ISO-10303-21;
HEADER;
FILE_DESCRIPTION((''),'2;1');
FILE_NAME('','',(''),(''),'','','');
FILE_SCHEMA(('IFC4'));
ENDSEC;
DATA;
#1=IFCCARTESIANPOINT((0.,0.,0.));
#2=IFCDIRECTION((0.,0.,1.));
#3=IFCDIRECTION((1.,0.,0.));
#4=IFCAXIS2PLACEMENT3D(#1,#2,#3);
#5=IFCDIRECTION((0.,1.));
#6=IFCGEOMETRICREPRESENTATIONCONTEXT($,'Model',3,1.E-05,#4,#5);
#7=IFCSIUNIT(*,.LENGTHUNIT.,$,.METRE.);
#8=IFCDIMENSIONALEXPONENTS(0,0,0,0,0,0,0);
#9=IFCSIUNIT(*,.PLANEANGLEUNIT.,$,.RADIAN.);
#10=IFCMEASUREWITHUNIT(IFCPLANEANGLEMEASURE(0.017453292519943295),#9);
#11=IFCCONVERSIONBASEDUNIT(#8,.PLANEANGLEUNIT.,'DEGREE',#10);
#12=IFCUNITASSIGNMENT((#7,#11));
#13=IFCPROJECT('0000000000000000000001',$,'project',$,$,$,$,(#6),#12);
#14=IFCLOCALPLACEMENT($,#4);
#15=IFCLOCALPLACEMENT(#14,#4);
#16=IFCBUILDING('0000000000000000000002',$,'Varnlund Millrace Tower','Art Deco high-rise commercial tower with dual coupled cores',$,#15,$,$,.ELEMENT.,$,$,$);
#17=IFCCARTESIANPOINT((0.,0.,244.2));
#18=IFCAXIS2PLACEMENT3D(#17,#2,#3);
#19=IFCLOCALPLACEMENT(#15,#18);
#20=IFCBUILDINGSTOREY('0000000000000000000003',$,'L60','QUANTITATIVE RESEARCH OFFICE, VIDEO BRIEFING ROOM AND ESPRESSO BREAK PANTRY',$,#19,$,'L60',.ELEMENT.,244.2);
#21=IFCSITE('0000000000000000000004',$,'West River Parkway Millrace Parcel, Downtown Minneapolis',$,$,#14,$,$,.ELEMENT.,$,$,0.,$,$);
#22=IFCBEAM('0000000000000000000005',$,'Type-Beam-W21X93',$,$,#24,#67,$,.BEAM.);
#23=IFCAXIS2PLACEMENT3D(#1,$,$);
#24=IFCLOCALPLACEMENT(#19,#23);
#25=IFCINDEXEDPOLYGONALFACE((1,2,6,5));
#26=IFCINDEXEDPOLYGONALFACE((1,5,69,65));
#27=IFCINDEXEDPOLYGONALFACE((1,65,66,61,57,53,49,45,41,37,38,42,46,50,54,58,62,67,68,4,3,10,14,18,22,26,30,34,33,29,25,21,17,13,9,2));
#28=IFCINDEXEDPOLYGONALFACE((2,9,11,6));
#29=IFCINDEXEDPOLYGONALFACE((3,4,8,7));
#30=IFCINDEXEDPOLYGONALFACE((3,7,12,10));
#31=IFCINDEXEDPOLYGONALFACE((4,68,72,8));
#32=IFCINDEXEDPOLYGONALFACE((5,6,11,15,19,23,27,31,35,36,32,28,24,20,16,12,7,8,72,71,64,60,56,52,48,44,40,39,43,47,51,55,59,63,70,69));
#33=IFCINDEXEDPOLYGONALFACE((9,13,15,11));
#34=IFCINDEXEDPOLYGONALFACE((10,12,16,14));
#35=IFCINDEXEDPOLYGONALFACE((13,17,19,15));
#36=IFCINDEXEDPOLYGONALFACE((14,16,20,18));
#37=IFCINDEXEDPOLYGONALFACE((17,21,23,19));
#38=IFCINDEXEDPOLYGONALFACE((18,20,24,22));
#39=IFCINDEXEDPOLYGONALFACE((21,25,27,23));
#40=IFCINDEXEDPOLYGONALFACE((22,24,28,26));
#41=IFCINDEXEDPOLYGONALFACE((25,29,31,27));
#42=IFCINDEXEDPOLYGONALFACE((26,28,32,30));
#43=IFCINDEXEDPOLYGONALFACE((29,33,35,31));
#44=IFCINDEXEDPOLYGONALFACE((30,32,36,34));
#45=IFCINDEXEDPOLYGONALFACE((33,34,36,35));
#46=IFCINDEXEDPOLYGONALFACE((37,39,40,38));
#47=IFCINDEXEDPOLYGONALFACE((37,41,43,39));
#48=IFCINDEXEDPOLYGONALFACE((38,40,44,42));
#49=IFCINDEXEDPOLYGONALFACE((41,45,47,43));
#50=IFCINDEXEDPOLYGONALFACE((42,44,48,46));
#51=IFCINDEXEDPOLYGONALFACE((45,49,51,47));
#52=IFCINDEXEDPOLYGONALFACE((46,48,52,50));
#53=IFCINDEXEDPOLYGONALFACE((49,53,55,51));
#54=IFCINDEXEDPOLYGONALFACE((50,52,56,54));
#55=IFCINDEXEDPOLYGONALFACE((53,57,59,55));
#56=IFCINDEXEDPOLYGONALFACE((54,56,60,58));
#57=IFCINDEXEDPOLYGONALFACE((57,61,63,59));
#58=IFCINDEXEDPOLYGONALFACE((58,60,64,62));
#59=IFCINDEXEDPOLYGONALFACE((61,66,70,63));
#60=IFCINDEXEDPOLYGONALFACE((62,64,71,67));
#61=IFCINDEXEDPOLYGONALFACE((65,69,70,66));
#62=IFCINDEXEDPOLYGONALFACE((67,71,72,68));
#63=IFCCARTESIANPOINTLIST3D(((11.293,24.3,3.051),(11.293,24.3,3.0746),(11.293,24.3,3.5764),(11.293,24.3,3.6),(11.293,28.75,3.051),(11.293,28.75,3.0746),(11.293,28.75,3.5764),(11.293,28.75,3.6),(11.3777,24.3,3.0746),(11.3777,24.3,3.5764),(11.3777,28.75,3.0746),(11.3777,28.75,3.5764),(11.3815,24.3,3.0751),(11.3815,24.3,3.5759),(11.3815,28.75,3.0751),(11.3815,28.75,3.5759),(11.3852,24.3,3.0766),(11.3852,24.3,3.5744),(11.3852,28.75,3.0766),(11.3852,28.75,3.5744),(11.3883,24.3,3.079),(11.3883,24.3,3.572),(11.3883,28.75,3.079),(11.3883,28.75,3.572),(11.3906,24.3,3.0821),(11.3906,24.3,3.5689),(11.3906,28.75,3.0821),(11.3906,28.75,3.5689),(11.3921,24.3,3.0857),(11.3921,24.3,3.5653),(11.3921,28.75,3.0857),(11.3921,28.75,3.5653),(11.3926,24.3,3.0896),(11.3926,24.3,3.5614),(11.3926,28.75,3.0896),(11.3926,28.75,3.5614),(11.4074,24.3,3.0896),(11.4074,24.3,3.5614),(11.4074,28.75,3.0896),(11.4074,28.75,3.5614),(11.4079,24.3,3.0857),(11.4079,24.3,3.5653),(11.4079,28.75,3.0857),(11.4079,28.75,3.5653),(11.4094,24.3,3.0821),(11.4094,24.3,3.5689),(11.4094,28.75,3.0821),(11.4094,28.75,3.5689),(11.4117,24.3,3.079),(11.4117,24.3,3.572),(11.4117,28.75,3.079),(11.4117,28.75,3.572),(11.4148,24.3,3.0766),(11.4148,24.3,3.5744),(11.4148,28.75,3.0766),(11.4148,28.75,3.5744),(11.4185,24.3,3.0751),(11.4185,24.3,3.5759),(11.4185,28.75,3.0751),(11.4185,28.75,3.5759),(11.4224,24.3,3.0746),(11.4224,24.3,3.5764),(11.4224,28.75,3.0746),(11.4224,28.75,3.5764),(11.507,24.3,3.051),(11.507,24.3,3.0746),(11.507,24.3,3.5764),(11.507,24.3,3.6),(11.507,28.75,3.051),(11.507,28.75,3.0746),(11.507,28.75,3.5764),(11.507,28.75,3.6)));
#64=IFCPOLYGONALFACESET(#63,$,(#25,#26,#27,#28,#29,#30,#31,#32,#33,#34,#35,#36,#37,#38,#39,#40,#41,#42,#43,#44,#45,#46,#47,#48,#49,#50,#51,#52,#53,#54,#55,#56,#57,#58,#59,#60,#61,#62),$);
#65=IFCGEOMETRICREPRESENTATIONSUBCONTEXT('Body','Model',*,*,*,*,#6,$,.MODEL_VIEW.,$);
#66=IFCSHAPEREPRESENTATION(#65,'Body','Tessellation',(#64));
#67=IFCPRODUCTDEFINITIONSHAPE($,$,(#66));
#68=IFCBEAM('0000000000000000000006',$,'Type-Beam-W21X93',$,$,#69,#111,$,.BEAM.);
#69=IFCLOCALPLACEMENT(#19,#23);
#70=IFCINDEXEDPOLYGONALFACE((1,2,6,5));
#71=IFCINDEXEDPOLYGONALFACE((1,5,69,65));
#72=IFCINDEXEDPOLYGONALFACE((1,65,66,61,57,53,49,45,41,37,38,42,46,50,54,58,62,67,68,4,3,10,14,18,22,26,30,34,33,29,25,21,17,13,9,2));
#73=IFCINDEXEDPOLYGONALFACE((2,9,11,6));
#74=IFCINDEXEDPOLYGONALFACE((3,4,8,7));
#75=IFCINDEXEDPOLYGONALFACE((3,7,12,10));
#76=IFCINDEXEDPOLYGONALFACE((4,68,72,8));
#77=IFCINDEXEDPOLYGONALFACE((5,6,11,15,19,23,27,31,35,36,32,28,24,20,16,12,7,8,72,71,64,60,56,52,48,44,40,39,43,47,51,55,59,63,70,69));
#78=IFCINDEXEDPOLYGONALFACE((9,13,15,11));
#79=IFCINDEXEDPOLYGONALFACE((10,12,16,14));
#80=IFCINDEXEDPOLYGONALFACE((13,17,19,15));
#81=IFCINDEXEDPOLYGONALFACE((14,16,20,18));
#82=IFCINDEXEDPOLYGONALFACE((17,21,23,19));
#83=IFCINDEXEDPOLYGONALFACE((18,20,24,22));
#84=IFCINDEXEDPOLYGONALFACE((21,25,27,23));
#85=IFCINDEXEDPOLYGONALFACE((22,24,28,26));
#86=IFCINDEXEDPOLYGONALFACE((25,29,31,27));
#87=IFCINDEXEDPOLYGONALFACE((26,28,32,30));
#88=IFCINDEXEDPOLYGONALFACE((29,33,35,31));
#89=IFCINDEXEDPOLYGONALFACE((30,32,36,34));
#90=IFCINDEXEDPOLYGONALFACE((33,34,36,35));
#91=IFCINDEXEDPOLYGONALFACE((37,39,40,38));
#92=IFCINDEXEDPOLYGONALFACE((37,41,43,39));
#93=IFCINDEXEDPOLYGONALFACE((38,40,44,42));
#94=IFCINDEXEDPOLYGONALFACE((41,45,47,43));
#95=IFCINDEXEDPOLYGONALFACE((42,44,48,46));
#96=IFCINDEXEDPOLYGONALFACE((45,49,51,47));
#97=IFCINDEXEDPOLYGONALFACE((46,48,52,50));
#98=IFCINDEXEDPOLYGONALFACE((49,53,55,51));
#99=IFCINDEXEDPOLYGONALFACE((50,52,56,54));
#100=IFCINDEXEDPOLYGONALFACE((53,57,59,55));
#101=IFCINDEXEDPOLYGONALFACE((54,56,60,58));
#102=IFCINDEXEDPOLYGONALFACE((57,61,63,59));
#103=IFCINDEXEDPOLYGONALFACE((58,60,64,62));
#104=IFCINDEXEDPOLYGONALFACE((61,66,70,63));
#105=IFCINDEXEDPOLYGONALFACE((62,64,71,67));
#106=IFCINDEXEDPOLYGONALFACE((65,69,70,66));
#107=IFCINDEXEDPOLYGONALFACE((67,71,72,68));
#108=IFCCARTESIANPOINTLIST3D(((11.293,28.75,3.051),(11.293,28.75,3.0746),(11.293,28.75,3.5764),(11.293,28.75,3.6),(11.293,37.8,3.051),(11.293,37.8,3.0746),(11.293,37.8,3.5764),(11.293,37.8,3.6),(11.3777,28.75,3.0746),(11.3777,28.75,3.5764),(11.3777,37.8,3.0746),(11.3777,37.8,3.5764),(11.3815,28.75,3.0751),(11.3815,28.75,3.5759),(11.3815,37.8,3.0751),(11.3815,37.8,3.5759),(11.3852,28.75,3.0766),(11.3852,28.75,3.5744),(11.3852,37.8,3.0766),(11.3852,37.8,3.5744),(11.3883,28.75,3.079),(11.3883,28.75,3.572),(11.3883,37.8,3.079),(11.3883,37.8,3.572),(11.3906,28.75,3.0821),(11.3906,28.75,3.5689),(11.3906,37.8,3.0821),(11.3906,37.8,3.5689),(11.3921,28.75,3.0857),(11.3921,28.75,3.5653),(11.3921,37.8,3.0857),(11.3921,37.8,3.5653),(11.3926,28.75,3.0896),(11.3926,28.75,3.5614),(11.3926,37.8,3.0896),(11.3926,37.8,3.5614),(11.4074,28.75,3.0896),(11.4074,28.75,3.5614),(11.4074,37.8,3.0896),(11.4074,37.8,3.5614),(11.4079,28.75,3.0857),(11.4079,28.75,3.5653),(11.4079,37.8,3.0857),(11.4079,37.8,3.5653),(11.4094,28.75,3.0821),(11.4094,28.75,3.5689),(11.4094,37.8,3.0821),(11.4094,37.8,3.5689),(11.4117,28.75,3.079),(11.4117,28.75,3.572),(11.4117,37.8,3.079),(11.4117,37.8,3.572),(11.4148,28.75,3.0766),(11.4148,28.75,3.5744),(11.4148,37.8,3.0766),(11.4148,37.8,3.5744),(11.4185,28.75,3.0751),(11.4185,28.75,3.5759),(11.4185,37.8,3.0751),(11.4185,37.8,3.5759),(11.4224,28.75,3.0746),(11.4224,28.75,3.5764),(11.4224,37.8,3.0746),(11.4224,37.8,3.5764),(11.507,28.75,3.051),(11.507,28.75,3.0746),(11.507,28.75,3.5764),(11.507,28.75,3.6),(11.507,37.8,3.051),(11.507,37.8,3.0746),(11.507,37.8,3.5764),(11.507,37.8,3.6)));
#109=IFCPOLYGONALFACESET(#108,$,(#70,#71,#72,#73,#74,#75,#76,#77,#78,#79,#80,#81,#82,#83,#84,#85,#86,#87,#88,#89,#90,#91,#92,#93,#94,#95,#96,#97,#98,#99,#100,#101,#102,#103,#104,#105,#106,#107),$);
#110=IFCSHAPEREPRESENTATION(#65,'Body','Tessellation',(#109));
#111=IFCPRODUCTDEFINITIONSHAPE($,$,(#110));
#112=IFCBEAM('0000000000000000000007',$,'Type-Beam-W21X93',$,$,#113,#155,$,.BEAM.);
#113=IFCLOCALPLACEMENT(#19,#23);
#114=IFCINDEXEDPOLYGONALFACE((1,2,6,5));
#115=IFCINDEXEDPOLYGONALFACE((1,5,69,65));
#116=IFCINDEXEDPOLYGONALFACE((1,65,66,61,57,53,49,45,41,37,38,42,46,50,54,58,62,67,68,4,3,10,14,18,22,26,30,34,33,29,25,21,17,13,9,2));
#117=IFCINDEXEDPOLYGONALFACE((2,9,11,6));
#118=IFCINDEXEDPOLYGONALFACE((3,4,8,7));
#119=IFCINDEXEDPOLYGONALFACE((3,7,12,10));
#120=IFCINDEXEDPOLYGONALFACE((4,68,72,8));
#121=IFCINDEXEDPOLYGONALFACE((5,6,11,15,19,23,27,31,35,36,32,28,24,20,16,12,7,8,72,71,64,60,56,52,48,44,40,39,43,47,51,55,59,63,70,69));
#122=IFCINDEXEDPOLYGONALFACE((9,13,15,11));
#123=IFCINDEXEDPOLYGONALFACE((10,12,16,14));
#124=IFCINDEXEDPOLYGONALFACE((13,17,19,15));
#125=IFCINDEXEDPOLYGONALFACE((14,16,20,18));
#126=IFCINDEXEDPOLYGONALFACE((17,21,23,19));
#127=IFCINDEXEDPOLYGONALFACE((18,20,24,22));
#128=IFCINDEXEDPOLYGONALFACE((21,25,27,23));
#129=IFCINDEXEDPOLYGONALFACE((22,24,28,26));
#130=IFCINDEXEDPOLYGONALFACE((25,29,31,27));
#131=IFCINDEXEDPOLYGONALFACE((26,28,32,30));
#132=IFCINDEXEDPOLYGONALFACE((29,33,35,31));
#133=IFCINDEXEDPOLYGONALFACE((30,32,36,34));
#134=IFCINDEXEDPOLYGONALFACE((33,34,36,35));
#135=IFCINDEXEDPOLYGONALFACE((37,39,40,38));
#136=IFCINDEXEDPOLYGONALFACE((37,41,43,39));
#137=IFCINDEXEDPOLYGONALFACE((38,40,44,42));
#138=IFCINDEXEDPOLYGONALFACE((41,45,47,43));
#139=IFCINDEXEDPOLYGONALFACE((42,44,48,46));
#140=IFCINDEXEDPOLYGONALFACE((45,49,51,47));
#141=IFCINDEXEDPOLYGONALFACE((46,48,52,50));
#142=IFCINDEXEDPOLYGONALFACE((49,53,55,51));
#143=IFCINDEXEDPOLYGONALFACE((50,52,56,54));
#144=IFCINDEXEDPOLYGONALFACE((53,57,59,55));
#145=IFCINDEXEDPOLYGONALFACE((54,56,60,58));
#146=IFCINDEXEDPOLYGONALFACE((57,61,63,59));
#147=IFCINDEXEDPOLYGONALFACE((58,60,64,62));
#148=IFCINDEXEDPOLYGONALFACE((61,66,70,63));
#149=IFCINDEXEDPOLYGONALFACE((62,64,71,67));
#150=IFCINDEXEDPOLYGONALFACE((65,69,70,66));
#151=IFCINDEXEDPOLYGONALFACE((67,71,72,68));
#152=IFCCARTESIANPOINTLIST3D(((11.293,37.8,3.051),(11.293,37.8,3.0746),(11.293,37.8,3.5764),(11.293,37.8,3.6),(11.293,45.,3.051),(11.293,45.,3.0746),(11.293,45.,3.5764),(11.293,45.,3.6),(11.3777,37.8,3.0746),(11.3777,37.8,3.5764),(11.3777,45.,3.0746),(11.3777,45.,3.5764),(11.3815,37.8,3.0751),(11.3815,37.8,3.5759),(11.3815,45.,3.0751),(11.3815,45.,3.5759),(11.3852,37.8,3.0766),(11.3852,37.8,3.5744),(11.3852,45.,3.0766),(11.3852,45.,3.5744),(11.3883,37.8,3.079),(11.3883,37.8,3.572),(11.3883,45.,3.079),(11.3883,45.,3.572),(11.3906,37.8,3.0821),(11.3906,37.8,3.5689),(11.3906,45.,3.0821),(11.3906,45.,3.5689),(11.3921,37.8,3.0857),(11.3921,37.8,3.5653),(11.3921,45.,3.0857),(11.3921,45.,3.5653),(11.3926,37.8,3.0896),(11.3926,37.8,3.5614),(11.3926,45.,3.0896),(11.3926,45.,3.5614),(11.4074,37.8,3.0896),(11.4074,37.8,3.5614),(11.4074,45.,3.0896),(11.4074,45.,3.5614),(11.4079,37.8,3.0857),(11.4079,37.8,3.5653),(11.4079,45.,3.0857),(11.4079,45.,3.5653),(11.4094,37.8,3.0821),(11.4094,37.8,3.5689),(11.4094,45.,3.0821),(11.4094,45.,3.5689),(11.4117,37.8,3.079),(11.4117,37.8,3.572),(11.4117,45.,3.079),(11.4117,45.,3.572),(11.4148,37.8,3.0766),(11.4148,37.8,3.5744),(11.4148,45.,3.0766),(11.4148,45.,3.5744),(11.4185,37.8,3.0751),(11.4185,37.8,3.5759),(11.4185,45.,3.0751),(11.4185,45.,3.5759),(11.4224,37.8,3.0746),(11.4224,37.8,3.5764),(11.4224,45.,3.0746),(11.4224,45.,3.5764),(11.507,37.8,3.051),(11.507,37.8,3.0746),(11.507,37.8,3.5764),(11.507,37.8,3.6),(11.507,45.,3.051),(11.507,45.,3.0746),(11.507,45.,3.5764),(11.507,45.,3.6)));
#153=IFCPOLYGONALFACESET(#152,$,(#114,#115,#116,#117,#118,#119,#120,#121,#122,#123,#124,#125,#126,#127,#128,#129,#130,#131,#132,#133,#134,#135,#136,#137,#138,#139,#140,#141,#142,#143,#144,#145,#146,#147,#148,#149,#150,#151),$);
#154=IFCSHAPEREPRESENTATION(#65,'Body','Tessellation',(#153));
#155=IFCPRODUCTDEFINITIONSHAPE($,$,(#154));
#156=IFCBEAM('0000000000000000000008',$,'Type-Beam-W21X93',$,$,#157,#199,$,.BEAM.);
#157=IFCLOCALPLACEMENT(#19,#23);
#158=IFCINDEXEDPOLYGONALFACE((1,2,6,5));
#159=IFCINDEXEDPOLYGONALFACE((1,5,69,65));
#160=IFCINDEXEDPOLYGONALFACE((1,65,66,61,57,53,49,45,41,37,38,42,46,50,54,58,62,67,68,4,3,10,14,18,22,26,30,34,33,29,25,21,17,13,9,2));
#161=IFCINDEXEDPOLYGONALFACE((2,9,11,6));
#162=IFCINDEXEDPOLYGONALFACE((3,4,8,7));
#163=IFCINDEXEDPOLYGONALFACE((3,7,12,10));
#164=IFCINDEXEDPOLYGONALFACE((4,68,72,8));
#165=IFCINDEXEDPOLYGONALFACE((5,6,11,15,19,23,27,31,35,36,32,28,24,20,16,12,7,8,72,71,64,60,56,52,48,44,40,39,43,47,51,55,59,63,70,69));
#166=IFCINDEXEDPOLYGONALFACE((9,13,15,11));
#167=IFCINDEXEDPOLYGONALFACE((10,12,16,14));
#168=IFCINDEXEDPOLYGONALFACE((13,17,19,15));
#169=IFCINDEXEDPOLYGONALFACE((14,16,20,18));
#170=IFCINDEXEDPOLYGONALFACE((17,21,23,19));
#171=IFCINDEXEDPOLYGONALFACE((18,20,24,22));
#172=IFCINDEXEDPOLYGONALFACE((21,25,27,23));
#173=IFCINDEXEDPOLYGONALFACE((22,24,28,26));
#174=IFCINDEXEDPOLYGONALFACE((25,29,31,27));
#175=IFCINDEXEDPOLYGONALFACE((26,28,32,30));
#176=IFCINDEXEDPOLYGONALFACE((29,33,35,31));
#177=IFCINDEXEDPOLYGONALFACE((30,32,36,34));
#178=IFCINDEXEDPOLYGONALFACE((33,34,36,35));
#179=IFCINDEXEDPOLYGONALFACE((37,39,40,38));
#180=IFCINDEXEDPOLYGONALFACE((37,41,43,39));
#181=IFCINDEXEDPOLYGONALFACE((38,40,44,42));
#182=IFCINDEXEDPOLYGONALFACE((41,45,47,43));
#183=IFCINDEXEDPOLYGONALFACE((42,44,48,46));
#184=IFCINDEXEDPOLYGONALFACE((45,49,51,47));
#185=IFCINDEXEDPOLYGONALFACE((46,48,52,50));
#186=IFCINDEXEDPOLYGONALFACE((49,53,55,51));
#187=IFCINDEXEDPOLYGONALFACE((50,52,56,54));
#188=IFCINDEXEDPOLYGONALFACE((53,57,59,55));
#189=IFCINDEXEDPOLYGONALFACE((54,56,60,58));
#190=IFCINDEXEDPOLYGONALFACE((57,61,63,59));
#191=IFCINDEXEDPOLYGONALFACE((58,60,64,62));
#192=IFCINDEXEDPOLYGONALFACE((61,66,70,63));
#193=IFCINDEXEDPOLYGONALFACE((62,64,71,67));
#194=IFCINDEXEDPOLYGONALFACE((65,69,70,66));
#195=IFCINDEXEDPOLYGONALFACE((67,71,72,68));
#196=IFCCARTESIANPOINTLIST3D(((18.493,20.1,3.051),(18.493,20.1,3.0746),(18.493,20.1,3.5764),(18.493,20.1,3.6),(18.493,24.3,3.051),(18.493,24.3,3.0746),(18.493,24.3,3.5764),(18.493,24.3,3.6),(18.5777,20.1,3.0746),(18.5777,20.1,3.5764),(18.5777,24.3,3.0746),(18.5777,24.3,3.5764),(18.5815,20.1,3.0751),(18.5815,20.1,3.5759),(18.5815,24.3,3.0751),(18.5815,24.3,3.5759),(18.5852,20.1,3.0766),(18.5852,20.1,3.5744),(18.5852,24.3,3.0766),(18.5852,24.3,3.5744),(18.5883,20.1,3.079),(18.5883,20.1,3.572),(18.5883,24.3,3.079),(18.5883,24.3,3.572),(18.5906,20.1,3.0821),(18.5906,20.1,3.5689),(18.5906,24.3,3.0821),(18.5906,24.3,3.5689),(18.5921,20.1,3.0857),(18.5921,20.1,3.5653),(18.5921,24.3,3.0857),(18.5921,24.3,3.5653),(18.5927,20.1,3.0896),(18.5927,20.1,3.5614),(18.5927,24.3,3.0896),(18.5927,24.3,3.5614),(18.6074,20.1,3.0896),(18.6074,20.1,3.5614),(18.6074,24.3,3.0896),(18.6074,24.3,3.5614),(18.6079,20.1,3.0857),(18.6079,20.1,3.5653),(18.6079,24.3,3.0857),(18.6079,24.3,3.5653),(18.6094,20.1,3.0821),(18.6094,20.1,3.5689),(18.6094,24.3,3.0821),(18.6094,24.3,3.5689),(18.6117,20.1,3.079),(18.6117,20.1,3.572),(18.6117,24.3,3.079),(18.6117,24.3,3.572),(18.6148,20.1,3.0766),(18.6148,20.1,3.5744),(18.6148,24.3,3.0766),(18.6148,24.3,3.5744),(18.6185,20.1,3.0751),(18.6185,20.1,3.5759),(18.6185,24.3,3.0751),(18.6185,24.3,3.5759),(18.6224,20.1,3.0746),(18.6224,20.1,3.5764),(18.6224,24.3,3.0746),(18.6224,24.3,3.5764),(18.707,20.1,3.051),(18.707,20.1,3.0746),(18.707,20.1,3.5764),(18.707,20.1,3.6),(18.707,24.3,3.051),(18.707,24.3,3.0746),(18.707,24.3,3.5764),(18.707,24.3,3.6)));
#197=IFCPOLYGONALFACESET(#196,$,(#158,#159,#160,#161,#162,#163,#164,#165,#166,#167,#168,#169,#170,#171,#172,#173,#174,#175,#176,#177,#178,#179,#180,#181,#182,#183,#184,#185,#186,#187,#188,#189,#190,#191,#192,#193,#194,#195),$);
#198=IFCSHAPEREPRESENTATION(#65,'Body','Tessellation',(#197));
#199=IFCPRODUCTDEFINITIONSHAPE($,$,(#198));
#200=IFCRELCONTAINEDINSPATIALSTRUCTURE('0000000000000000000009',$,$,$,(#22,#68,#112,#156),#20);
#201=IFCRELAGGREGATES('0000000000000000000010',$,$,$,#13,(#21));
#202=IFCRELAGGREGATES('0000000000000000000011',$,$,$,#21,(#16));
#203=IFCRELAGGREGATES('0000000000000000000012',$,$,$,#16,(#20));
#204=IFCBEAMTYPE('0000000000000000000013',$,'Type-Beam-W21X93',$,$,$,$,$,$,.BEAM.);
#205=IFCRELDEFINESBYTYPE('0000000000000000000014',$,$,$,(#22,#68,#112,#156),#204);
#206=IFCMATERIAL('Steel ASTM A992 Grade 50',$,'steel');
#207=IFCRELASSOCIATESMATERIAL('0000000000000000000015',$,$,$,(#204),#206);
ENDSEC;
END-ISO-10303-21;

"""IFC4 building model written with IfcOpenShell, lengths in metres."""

from ifc_helpers import new_model, entity, si_unit, converted_unit, direction, frame, origin_with_axes, origin_2d_with_axis, place, context, subcontext, project, spatial, i_section, extrude, material, material_profile, profile_set, type_object, element, save


model = new_model("IFC4")

# Units and contexts
model_context = context("Model", 3, precision=1e-05, world=origin_with_axes(), true_north=direction((0.0, 1.0)))
body_context = subcontext(model_context, "Body", "Model", "MODEL_VIEW")
ifc_project = project(units=[si_unit("LENGTHUNIT", "METRE"), converted_unit("PLANEANGLEUNIT", "DEGREE", entity("IfcPlaneAngleMeasure", 0.017453292519943295), si_unit("PLANEANGLEUNIT", "RADIAN"), dimensions=[0, 0, 0, 0, 0, 0, 0])], contexts=[model_context])

# Site, building, storey
site_placement = place(None, origin_with_axes())
site = spatial("IfcSite", under=ifc_project, at=site_placement, Name="West River Parkway Millrace Parcel, Downtown Minneapolis", CompositionType="ELEMENT", RefElevation=0.0)
building_placement = place(site_placement, origin_with_axes())
building = spatial("IfcBuilding", under=site, at=building_placement, Name="Varnlund Millrace Tower", Description="Art Deco high-rise commercial tower with dual coupled cores", CompositionType="ELEMENT")
storey_placement = place(building_placement, frame((0.0, 0.0, 244.2), z_axis=(0.0, 0.0, 1.0), x_axis=(1.0, 0.0, 0.0)))
storey = spatial("IfcBuildingStorey", under=building, at=storey_placement, Name="L60", Description="QUANTITATIVE RESEARCH OFFICE, VIDEO BRIEFING ROOM AND ESPRESSO BREAK PANTRY", LongName="L60", CompositionType="ELEMENT", Elevation=244.2)

# Beams
ifc_material_1 = material(Name="Steel ASTM A992 Grade 50", Category="steel")
ifc_material_profile_1 = material_profile(ifc_material_1, i_section(OverallWidth=0.214, OverallDepth=0.549, WebThickness=0.0147, FlangeThickness=0.0236, FilletRadius=0.015, at=origin_2d_with_axis()), Name="Steel ASTM A992 Grade 50")
ifc_profile_set_1 = profile_set([ifc_material_profile_1], Name="Steel ASTM A992 Grade 50")
beam_type_1 = type_object("IfcBeamType", Name="Type-Beam-W21X93", PredefinedType="BEAM", material=ifc_profile_set_1)
beam_1_placement = place(storey_placement, frame((11.4, 24.3, 3.3255), z_axis=(0.0, 1.0, 0.0), x_axis=(-1.0, 0.0, 0.0)))
element("IfcBeam", 1, at=beam_1_placement, inside=storey, type_object=beam_type_1, Name="Type-Beam-W21X93", PredefinedType="BEAM", context=body_context, shape_type="SweptSolid", body=[
    extrude(i_section(OverallWidth=0.214, OverallDepth=0.549, WebThickness=0.0147, FlangeThickness=0.0236, FilletRadius=0.015, at=origin_2d_with_axis()), origin_with_axes(), (0.0, 0.0, 1.0), 4.45),
])
beam_2_placement = place(storey_placement, frame((11.4, 28.75, 3.3255), z_axis=(0.0, 1.0, 0.0), x_axis=(-1.0, 0.0, 0.0)))
element("IfcBeam", 2, at=beam_2_placement, inside=storey, type_object=beam_type_1, Name="Type-Beam-W21X93", PredefinedType="BEAM", context=body_context, shape_type="SweptSolid", body=[
    extrude(i_section(OverallWidth=0.214, OverallDepth=0.549, WebThickness=0.0147, FlangeThickness=0.0236, FilletRadius=0.015, at=origin_2d_with_axis()), origin_with_axes(), (0.0, 0.0, 1.0), 9.05),
])
beam_3_placement = place(storey_placement, frame((11.4, 37.8, 3.3255), z_axis=(0.0, 1.0, 0.0), x_axis=(-1.0, 0.0, 0.0)))
element("IfcBeam", 3, at=beam_3_placement, inside=storey, type_object=beam_type_1, Name="Type-Beam-W21X93", PredefinedType="BEAM", context=body_context, shape_type="SweptSolid", body=[
    extrude(i_section(OverallWidth=0.214, OverallDepth=0.549, WebThickness=0.0147, FlangeThickness=0.0236, FilletRadius=0.015, at=origin_2d_with_axis()), origin_with_axes(), (0.0, 0.0, 1.0), 7.2),
])
beam_4_placement = place(storey_placement, frame((18.6, 20.1, 3.3255), z_axis=(0.0, 1.0, 0.0), x_axis=(-1.0, 0.0, 0.0)))
element("IfcBeam", 4, at=beam_4_placement, inside=storey, type_object=beam_type_1, Name="Type-Beam-W21X93", PredefinedType="BEAM", context=body_context, shape_type="SweptSolid", body=[
    extrude(i_section(OverallWidth=0.214, OverallDepth=0.549, WebThickness=0.0147, FlangeThickness=0.0236, FilletRadius=0.015, at=origin_2d_with_axis()), origin_with_axes(), (0.0, 0.0, 1.0), 4.2),
])

save(model, "model.ifc")
